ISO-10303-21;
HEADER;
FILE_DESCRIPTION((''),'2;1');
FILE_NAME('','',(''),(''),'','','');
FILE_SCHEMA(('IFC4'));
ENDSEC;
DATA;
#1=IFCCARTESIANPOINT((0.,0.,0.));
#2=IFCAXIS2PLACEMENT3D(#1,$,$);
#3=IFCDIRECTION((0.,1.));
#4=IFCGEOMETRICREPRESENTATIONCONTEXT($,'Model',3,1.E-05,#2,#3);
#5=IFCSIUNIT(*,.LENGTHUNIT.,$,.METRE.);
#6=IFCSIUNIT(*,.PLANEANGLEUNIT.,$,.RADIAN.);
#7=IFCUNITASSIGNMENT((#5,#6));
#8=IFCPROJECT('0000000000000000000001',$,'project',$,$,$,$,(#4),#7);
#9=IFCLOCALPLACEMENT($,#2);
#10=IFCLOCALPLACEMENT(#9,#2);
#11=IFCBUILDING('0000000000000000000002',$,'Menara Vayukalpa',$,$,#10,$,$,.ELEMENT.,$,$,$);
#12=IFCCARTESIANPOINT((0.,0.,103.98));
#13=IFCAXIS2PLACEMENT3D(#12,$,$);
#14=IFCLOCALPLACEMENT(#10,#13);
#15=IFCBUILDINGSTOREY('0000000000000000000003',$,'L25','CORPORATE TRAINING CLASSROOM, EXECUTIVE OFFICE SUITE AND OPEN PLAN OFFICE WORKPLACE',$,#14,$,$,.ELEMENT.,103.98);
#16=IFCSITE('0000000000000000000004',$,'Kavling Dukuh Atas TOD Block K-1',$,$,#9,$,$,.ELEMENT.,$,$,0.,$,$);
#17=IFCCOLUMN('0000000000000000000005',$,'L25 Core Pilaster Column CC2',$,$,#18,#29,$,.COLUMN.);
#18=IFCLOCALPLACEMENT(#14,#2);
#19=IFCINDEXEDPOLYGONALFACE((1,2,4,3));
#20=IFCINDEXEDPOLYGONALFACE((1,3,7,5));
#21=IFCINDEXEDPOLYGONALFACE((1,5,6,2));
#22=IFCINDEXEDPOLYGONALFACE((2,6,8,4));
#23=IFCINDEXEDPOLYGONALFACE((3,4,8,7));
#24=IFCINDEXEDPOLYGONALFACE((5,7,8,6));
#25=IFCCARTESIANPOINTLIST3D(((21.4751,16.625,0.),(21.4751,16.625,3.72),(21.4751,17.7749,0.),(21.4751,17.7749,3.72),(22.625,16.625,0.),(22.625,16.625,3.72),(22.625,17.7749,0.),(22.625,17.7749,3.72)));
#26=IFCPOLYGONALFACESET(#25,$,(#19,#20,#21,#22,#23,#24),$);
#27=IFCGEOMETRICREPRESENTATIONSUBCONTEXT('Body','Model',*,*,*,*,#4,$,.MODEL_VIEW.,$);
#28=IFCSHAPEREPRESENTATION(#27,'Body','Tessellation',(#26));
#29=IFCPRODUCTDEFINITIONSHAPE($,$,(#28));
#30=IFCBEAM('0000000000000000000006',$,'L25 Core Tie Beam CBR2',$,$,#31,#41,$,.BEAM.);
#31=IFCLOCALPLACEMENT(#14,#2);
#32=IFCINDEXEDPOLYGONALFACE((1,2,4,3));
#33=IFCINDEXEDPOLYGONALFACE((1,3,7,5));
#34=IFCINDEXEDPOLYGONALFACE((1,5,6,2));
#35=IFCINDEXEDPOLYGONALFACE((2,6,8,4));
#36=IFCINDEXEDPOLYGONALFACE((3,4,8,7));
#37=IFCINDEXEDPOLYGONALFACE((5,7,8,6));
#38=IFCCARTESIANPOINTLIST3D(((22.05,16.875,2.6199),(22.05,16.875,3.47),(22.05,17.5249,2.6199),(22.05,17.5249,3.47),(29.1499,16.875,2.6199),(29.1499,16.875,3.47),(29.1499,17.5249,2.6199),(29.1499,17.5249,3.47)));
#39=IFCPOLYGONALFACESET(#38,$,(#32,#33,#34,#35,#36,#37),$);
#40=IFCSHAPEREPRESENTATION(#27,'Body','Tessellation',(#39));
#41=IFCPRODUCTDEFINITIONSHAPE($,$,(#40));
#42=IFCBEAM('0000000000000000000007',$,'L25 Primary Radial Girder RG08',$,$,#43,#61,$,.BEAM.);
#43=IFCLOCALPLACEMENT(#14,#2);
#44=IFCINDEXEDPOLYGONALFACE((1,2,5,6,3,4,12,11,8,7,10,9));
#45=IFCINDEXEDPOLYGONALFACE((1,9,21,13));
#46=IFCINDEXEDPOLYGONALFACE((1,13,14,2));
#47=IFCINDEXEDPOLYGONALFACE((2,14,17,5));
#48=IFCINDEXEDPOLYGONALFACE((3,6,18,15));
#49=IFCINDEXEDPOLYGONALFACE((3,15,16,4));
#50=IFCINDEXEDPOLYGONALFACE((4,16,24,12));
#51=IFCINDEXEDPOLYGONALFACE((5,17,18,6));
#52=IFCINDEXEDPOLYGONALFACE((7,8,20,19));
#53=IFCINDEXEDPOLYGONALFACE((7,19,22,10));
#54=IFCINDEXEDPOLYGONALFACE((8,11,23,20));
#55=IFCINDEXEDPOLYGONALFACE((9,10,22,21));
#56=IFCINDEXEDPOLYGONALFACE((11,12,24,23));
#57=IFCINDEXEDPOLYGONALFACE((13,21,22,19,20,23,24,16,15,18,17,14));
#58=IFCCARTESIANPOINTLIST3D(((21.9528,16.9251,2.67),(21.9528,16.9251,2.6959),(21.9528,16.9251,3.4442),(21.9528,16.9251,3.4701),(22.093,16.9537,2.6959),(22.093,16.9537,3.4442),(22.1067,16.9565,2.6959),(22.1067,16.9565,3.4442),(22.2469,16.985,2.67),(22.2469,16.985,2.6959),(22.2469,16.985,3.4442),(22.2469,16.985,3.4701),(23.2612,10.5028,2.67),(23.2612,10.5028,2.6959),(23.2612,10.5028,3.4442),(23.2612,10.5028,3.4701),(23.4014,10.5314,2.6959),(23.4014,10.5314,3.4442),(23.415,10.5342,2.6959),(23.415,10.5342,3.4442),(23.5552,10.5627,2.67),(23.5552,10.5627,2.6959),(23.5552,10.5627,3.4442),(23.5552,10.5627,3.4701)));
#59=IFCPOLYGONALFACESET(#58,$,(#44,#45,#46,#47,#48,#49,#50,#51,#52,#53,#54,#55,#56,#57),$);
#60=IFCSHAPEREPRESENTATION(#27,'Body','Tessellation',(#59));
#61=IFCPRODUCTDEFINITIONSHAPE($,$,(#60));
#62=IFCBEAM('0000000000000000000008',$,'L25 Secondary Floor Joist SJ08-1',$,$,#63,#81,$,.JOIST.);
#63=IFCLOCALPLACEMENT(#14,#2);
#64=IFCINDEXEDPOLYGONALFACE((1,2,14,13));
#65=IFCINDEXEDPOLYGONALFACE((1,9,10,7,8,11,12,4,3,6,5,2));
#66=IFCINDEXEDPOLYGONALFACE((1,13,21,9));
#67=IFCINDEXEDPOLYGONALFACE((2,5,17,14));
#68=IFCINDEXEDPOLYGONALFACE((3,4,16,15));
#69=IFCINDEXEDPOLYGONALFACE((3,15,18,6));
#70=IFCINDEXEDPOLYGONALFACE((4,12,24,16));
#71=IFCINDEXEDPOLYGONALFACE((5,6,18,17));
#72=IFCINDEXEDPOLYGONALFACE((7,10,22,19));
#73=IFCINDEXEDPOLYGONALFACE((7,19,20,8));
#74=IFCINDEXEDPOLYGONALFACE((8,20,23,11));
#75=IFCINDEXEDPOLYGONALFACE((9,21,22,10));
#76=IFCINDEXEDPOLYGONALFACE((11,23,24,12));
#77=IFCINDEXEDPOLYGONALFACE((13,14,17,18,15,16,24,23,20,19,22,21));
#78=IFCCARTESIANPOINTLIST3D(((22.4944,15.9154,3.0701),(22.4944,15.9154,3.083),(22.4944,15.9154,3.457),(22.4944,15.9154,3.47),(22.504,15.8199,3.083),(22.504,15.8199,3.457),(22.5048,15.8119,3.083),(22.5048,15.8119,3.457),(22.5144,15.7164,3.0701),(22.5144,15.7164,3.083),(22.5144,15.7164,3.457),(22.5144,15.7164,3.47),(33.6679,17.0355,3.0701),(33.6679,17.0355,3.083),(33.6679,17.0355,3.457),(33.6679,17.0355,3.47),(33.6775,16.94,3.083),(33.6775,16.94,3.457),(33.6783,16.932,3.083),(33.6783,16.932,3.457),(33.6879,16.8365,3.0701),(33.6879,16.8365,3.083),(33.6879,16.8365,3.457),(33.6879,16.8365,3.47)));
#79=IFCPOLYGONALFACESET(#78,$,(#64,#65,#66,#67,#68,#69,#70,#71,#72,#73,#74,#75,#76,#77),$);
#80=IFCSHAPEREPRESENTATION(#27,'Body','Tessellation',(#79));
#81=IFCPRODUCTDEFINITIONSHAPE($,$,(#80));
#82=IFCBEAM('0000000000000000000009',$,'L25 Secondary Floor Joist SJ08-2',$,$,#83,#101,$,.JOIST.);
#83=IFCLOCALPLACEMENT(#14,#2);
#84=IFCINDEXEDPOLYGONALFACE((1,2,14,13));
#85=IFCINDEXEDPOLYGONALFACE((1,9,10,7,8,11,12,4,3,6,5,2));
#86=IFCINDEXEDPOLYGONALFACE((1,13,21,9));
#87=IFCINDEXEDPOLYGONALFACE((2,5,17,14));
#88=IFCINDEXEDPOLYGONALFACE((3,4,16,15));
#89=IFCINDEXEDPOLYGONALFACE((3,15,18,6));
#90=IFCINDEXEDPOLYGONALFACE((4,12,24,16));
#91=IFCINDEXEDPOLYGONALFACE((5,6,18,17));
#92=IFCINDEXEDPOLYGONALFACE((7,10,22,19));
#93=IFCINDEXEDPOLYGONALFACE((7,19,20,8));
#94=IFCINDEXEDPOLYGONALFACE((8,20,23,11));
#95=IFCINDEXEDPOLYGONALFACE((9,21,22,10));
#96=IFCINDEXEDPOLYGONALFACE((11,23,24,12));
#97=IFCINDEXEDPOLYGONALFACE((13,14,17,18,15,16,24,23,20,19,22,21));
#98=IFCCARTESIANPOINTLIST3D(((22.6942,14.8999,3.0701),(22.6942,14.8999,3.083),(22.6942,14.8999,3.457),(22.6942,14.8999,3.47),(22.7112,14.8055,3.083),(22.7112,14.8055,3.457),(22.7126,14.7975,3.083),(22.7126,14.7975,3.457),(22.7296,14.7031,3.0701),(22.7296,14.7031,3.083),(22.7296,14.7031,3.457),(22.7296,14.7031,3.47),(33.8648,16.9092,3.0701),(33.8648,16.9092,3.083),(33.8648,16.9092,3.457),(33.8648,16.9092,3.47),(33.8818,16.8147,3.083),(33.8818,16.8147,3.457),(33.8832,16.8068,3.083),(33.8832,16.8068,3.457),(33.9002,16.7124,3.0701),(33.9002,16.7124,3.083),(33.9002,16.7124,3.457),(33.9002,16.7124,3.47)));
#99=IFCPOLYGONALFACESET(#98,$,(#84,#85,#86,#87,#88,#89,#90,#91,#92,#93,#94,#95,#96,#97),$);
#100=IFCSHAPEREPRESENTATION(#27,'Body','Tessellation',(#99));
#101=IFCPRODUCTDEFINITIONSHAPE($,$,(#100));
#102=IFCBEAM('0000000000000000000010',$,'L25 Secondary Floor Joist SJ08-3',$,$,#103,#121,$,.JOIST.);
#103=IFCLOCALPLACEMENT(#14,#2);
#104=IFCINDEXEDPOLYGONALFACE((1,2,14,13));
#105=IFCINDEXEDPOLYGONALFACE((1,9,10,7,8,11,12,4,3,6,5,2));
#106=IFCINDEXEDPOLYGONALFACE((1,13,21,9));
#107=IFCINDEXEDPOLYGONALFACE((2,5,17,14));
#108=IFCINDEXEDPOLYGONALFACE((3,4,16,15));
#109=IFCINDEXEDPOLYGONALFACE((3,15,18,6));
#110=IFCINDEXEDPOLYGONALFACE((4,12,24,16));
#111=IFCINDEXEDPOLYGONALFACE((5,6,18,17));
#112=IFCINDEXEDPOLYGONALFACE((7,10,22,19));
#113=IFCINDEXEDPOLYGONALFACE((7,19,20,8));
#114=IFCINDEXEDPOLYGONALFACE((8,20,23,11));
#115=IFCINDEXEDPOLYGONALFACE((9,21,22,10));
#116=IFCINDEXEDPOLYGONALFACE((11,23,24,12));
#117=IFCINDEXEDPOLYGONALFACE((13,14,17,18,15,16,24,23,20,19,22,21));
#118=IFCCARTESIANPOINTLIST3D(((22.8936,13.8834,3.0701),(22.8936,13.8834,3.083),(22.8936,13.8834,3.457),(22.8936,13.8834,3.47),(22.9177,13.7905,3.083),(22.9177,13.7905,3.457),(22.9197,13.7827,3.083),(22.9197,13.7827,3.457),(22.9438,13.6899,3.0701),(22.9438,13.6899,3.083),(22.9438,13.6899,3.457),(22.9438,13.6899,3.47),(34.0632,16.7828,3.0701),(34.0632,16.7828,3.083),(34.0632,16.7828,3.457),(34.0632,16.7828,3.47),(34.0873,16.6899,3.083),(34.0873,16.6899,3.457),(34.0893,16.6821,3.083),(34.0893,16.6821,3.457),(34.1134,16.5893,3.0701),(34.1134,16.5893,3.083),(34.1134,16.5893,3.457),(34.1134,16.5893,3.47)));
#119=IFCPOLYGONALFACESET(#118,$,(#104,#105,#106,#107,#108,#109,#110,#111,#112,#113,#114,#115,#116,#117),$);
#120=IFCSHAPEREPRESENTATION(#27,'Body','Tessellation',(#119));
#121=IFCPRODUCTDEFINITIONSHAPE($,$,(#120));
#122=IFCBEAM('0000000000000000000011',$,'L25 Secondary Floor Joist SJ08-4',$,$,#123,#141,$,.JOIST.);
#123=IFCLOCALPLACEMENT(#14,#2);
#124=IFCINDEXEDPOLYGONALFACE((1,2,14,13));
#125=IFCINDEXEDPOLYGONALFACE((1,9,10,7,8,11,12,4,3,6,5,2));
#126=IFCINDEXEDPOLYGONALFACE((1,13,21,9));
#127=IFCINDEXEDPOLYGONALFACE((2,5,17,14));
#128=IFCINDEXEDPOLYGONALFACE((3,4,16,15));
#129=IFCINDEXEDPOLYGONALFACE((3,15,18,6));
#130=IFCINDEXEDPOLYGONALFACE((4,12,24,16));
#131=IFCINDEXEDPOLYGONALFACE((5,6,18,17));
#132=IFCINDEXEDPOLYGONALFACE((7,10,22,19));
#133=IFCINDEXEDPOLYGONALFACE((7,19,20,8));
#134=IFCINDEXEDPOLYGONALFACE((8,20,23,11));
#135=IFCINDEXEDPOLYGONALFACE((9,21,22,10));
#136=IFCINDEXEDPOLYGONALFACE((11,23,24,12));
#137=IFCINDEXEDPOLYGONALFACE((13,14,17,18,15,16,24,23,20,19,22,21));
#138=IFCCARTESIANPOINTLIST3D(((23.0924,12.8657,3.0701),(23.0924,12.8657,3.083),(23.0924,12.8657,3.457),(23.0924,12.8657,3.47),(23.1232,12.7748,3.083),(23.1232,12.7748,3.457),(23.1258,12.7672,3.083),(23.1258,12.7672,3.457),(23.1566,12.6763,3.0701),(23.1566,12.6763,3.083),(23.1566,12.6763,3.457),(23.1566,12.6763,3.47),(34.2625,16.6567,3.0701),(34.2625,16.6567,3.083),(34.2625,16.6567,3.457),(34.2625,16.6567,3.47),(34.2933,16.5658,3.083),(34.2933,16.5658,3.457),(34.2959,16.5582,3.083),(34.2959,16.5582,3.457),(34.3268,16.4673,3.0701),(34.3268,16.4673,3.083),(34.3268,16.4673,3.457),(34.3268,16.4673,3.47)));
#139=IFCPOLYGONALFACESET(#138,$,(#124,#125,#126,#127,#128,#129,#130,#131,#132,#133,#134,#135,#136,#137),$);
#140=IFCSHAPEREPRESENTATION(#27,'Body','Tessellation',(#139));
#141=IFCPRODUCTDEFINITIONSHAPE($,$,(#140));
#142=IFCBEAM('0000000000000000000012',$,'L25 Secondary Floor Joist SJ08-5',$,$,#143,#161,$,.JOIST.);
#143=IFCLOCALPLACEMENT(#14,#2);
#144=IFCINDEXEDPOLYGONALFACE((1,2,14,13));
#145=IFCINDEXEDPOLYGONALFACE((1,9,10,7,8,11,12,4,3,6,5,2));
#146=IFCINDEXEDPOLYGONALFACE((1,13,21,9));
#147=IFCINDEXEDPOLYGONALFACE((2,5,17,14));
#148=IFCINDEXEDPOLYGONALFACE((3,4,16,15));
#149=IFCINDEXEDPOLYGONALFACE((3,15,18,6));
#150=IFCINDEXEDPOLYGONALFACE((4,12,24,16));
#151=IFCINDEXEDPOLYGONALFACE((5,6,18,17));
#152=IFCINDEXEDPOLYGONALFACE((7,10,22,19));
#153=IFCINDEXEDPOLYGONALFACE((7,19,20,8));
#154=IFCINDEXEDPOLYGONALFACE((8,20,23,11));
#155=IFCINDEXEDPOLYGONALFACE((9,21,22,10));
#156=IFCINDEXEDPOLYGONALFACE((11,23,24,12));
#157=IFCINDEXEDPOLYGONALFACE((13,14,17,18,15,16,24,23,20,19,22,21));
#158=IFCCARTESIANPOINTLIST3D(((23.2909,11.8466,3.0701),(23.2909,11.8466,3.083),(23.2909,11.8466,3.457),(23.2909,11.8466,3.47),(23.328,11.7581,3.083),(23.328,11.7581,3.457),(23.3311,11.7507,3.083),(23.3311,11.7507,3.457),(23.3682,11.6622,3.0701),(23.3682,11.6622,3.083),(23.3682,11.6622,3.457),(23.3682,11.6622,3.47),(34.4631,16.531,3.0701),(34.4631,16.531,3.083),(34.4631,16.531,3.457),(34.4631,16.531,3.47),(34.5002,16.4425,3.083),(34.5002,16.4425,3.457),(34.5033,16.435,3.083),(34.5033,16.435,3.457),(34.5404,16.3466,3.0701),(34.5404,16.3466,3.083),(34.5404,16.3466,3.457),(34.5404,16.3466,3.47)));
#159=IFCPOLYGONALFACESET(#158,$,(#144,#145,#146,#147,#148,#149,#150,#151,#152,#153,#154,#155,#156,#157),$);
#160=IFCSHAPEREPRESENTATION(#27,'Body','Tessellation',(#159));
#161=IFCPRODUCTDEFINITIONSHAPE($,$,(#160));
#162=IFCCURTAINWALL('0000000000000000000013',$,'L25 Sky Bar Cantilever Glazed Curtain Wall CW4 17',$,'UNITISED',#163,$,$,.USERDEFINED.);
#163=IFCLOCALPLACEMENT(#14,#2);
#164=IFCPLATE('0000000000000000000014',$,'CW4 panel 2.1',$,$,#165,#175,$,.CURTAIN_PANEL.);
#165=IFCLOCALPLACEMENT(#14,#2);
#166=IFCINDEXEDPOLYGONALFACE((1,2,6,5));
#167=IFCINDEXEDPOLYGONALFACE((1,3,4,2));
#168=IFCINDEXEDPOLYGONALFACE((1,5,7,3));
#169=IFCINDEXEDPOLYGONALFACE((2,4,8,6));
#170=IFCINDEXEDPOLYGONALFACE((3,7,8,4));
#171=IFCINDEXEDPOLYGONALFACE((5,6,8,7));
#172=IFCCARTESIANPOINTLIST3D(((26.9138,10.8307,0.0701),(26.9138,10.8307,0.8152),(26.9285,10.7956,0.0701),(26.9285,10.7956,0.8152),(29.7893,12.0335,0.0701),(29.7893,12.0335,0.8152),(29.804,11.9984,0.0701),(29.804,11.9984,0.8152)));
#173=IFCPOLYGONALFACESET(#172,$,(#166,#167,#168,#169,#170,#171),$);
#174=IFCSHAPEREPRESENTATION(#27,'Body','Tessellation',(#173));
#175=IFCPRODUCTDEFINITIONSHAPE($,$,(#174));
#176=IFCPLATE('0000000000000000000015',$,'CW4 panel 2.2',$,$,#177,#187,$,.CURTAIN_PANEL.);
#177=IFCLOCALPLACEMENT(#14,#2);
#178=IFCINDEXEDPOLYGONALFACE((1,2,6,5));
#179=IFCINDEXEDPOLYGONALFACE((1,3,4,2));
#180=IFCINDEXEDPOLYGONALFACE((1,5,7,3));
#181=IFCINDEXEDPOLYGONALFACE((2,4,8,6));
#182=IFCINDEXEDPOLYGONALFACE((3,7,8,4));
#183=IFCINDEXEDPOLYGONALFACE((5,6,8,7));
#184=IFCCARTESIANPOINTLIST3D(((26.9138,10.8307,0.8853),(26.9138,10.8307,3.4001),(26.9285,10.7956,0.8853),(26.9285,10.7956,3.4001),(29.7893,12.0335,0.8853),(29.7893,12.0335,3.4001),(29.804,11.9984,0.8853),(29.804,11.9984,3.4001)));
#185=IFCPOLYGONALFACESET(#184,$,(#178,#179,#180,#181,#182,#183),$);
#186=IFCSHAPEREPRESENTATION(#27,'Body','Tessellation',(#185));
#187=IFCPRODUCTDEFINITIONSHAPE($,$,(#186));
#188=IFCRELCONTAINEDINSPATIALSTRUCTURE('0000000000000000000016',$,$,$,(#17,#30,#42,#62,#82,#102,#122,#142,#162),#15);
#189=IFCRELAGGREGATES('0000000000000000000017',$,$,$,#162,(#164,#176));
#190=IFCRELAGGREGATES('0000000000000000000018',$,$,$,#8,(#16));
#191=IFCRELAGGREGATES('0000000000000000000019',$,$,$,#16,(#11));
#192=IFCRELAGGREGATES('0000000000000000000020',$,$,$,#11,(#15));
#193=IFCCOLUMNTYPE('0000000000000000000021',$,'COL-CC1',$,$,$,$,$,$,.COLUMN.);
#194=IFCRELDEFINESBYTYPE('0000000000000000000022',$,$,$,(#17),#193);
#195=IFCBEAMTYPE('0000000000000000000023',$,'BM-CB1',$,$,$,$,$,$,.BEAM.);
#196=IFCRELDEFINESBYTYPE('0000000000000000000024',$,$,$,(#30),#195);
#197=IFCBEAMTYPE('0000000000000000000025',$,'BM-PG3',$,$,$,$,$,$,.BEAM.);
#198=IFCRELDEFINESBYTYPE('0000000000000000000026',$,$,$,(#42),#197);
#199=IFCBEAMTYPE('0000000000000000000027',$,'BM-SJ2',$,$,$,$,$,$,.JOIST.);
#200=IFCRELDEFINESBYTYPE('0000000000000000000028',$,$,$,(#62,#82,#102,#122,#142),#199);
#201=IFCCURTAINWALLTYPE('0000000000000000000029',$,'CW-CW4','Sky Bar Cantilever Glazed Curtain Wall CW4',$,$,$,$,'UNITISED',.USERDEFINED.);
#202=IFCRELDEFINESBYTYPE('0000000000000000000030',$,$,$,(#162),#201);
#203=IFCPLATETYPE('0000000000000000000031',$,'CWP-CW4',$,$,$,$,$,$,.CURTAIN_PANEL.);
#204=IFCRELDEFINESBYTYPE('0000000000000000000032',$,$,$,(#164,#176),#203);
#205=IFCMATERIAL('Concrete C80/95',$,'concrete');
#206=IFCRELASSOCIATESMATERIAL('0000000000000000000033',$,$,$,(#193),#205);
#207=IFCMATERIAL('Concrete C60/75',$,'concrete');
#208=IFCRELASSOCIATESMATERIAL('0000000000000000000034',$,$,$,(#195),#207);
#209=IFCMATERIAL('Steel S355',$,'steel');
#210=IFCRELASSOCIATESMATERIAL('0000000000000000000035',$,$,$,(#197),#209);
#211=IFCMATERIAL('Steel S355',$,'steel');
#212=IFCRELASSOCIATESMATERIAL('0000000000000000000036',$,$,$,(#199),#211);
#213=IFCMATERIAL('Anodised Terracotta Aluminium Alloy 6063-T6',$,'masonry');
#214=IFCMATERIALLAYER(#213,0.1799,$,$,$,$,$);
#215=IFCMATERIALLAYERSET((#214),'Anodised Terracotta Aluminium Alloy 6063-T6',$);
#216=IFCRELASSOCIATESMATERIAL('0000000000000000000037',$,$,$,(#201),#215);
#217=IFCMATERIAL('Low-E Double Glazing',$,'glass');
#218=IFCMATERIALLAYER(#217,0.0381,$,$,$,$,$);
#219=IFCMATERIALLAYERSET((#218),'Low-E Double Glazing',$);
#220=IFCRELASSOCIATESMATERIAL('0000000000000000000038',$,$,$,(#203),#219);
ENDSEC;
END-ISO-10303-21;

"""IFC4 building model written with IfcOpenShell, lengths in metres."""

from ifc_helpers import new_model, si_unit, direction, frame, origin, origin_2d, place, context, subcontext, project, spatial, rectangle, i_section, extrude, material, layer, layer_set, material_profile, profile_set, type_object, element, aggregate, save


model = new_model("IFC4")

# Units and contexts
model_context = context("Model", 3, precision=1e-05, world=origin(), true_north=direction((0.0, 1.0)))
body_context = subcontext(model_context, "Body", "Model", "MODEL_VIEW")
ifc_project = project(units=[si_unit("LENGTHUNIT", "METRE"), si_unit("PLANEANGLEUNIT", "RADIAN")], contexts=[model_context])

# Site, building, storey
site_placement = place(None, origin())
site = spatial("IfcSite", under=ifc_project, at=site_placement, Name="Kavling Dukuh Atas TOD Block K-1", CompositionType="ELEMENT", RefElevation=0.0)
building_placement = place(site_placement, origin())
building = spatial("IfcBuilding", under=site, at=building_placement, Name="Menara Vayukalpa", CompositionType="ELEMENT")
storey_placement = place(building_placement, frame((0.0, 0.0, 103.98)))
storey = spatial("IfcBuildingStorey", under=building, at=storey_placement, Name="L25", Description="CORPORATE TRAINING CLASSROOM, EXECUTIVE OFFICE SUITE AND OPEN PLAN OFFICE WORKPLACE", CompositionType="ELEMENT", Elevation=103.98)

# Column
ifc_material_1 = material(Name="Concrete C80/95", Category="concrete")
ifc_material_profile_1 = material_profile(ifc_material_1, rectangle(XDim=1.1499, YDim=1.1499, at=origin_2d()), Name="RC 1150x1150")
ifc_profile_set_1 = profile_set([ifc_material_profile_1], Name="Concrete C80/95")
column_type = type_object("IfcColumnType", Name="COL-CC1", PredefinedType="COLUMN", material=ifc_profile_set_1)
column_placement = place(storey_placement, frame((22.05, 17.2, 0.0), z_axis=(0.0, 0.0, 1.0), x_axis=(1.0, 0.0, 0.0)))
element("IfcColumn", 1, at=column_placement, inside=storey, type_object=column_type, Name="L25 Core Pilaster Column CC2", PredefinedType="COLUMN", context=body_context, shape_type="SweptSolid", body=[
    extrude(rectangle(XDim=1.1499, YDim=1.1499, at=origin_2d()), origin(), (0.0, 0.0, 1.0), 3.72),
])

# Beams
ifc_material_2 = material(Name="Concrete C60/75", Category="concrete")
ifc_material_profile_2 = material_profile(ifc_material_2, rectangle(XDim=0.6499, YDim=0.8501, at=origin_2d()), Name="RC 650x850")
ifc_profile_set_2 = profile_set([ifc_material_profile_2], Name="Concrete C60/75")
beam_type_1 = type_object("IfcBeamType", Name="BM-CB1", PredefinedType="BEAM", material=ifc_profile_set_2)
beam_1_placement = place(storey_placement, frame((22.05, 17.2, 3.0449), z_axis=(1.0, 0.0, 0.0), x_axis=(0.0, 1.0, 0.0)))
element("IfcBeam", 2, at=beam_1_placement, inside=storey, type_object=beam_type_1, Name="L25 Core Tie Beam CBR2", PredefinedType="BEAM", context=body_context, shape_type="SweptSolid", body=[
    extrude(rectangle(XDim=0.6499, YDim=0.8501, at=origin_2d()), origin(), (0.0, 0.0, 1.0), 7.0999),
])
ifc_material_3 = material(Name="Steel S355", Category="steel")
ifc_material_profile_3 = material_profile(ifc_material_3, i_section(OverallWidth=0.3, OverallDepth=0.8, WebThickness=0.0139, FlangeThickness=0.0259, at=origin_2d()), Name="WF 800x300x14x26")
ifc_profile_set_3 = profile_set([ifc_material_profile_3], Name="Steel S355")
beam_type_2 = type_object("IfcBeamType", Name="BM-PG3", PredefinedType="BEAM", material=ifc_profile_set_3)
beam_2_placement = place(storey_placement, frame((22.0999, 16.9551, 3.0701), z_axis=(0.199618, -0.979874, 0.0), x_axis=(0.979874, 0.199618, 0.0)))
element("IfcBeam", 3, at=beam_2_placement, inside=storey, type_object=beam_type_2, Name="L25 Primary Radial Girder RG08", PredefinedType="BEAM", context=body_context, shape_type="SweptSolid", body=[
    extrude(i_section(OverallWidth=0.3, OverallDepth=0.8, WebThickness=0.0139, FlangeThickness=0.0259, at=origin_2d()), origin(), (0.0, 0.0, 1.0), 6.5542),
])
ifc_material_4 = material(Name="Steel S355", Category="steel")
ifc_material_profile_4 = material_profile(ifc_material_4, i_section(OverallWidth=0.2, OverallDepth=0.3999, WebThickness=0.0081, FlangeThickness=0.0129, at=origin_2d()), Name="WF 400x200x8x13")
ifc_profile_set_4 = profile_set([ifc_material_profile_4], Name="Steel S355")
beam_type_3 = type_object("IfcBeamType", Name="BM-SJ2", PredefinedType="JOIST", material=ifc_profile_set_4)
beam_3_placement = place(storey_placement, frame((22.5044, 15.8159, 3.27), z_axis=(0.995013, 0.099747, 0.0), x_axis=(-0.099747, 0.995013, 0.0)))
element("IfcBeam", 4, at=beam_3_placement, inside=storey, type_object=beam_type_3, Name="L25 Secondary Floor Joist SJ08-1", PredefinedType="JOIST", context=body_context, shape_type="SweptSolid", body=[
    extrude(i_section(OverallWidth=0.2, OverallDepth=0.3999, WebThickness=0.0081, FlangeThickness=0.0129, at=origin_2d()), origin(), (0.0, 0.0, 1.0), 11.2295),
])
beam_4_placement = place(storey_placement, frame((22.7119, 14.8015, 3.27), z_axis=(0.984205, 0.17703, 0.0), x_axis=(-0.17703, 0.984205, 0.0)))
element("IfcBeam", 5, at=beam_4_placement, inside=storey, type_object=beam_type_3, Name="L25 Secondary Floor Joist SJ08-2", PredefinedType="JOIST", context=body_context, shape_type="SweptSolid", body=[
    extrude(i_section(OverallWidth=0.2, OverallDepth=0.3999, WebThickness=0.0081, FlangeThickness=0.0129, at=origin_2d()), origin(), (0.0, 0.0, 1.0), 11.3499),
])
beam_5_placement = place(storey_placement, frame((22.9187, 13.7866, 3.27), z_axis=(0.967922, 0.251252, 0.0), x_axis=(-0.251252, 0.967922, 0.0)))
element("IfcBeam", 6, at=beam_5_placement, inside=storey, type_object=beam_type_3, Name="L25 Secondary Floor Joist SJ08-3", PredefinedType="JOIST", context=body_context, shape_type="SweptSolid", body=[
    extrude(i_section(OverallWidth=0.2, OverallDepth=0.3999, WebThickness=0.0081, FlangeThickness=0.0129, at=origin_2d()), origin(), (0.0, 0.0, 1.0), 11.5398),
])
beam_6_placement = place(storey_placement, frame((23.1245, 12.771, 3.27), z_axis=(0.946949, 0.321383, 0.0), x_axis=(-0.321383, 0.946949, 0.0)))
element("IfcBeam", 7, at=beam_6_placement, inside=storey, type_object=beam_type_3, Name="L25 Secondary Floor Joist SJ08-4", PredefinedType="JOIST", context=body_context, shape_type="SweptSolid", body=[
    extrude(i_section(OverallWidth=0.2, OverallDepth=0.3999, WebThickness=0.0081, FlangeThickness=0.0129, at=origin_2d()), origin(), (0.0, 0.0, 1.0), 11.7959),
])
beam_7_placement = place(storey_placement, frame((23.3296, 11.7544, 3.27), z_axis=(0.922217, 0.386674, 0.0), x_axis=(-0.386674, 0.922217, 0.0)))
element("IfcBeam", 8, at=beam_7_placement, inside=storey, type_object=beam_type_3, Name="L25 Secondary Floor Joist SJ08-5", PredefinedType="JOIST", context=body_context, shape_type="SweptSolid", body=[
    extrude(i_section(OverallWidth=0.2, OverallDepth=0.3999, WebThickness=0.0081, FlangeThickness=0.0129, at=origin_2d()), origin(), (0.0, 0.0, 1.0), 12.1145),
])

# Curtain wall, plates
ifc_material_5 = material(Name="Anodised Terracotta Aluminium Alloy 6063-T6", Category="masonry")
ifc_layer_1 = layer(ifc_material_5, 0.1799)
ifc_layer_set_1 = layer_set([ifc_layer_1], Name="Anodised Terracotta Aluminium Alloy 6063-T6")
curtain_wall_type = type_object("IfcCurtainWallType", Name="CW-CW4", Description="Sky Bar Cantilever Glazed Curtain Wall CW4", ElementType="UNITISED", PredefinedType="USERDEFINED", material=ifc_layer_set_1)
curtain_wall_placement = place(storey_placement, origin())
curtain_wall = element("IfcCurtainWall", 9, at=curtain_wall_placement, inside=storey, type_object=curtain_wall_type, Name="L25 Sky Bar Cantilever Glazed Curtain Wall CW4 17", ObjectType="UNITISED", PredefinedType="USERDEFINED")
ifc_material_6 = material(Name="Low-E Double Glazing", Category="glass")
ifc_layer_2 = layer(ifc_material_6, 0.0381)
ifc_layer_set_2 = layer_set([ifc_layer_2], Name="Low-E Double Glazing")
plate_type = type_object("IfcPlateType", Name="CWP-CW4", PredefinedType="CURTAIN_PANEL", material=ifc_layer_set_2)
plate_1_placement = place(storey_placement, frame((28.3589, 11.4146, 0.0701), z_axis=(0.0, 0.0, 1.0), x_axis=(0.922543, 0.385894, 0.0)))
plate_1 = element("IfcPlate", 10, at=plate_1_placement, type_object=plate_type, Name="CW4 panel 2.1", PredefinedType="CURTAIN_PANEL", context=body_context, shape_type="SweptSolid", body=[
    extrude(rectangle(XDim=3.1169, YDim=0.0381, at=origin_2d()), origin(), (0.0, 0.0, 1.0), 0.7451),
])
plate_2_placement = place(storey_placement, frame((28.3589, 11.4146, 0.8853), z_axis=(0.0, 0.0, 1.0), x_axis=(0.922543, 0.385894, 0.0)))
plate_2 = element("IfcPlate", 11, at=plate_2_placement, type_object=plate_type, Name="CW4 panel 2.2", PredefinedType="CURTAIN_PANEL", context=body_context, shape_type="SweptSolid", body=[
    extrude(rectangle(XDim=3.1169, YDim=0.0381, at=origin_2d()), origin(), (0.0, 0.0, 1.0), 2.5149),
])
aggregate(curtain_wall, [plate_1, plate_2])

save(model, "model.ifc")
